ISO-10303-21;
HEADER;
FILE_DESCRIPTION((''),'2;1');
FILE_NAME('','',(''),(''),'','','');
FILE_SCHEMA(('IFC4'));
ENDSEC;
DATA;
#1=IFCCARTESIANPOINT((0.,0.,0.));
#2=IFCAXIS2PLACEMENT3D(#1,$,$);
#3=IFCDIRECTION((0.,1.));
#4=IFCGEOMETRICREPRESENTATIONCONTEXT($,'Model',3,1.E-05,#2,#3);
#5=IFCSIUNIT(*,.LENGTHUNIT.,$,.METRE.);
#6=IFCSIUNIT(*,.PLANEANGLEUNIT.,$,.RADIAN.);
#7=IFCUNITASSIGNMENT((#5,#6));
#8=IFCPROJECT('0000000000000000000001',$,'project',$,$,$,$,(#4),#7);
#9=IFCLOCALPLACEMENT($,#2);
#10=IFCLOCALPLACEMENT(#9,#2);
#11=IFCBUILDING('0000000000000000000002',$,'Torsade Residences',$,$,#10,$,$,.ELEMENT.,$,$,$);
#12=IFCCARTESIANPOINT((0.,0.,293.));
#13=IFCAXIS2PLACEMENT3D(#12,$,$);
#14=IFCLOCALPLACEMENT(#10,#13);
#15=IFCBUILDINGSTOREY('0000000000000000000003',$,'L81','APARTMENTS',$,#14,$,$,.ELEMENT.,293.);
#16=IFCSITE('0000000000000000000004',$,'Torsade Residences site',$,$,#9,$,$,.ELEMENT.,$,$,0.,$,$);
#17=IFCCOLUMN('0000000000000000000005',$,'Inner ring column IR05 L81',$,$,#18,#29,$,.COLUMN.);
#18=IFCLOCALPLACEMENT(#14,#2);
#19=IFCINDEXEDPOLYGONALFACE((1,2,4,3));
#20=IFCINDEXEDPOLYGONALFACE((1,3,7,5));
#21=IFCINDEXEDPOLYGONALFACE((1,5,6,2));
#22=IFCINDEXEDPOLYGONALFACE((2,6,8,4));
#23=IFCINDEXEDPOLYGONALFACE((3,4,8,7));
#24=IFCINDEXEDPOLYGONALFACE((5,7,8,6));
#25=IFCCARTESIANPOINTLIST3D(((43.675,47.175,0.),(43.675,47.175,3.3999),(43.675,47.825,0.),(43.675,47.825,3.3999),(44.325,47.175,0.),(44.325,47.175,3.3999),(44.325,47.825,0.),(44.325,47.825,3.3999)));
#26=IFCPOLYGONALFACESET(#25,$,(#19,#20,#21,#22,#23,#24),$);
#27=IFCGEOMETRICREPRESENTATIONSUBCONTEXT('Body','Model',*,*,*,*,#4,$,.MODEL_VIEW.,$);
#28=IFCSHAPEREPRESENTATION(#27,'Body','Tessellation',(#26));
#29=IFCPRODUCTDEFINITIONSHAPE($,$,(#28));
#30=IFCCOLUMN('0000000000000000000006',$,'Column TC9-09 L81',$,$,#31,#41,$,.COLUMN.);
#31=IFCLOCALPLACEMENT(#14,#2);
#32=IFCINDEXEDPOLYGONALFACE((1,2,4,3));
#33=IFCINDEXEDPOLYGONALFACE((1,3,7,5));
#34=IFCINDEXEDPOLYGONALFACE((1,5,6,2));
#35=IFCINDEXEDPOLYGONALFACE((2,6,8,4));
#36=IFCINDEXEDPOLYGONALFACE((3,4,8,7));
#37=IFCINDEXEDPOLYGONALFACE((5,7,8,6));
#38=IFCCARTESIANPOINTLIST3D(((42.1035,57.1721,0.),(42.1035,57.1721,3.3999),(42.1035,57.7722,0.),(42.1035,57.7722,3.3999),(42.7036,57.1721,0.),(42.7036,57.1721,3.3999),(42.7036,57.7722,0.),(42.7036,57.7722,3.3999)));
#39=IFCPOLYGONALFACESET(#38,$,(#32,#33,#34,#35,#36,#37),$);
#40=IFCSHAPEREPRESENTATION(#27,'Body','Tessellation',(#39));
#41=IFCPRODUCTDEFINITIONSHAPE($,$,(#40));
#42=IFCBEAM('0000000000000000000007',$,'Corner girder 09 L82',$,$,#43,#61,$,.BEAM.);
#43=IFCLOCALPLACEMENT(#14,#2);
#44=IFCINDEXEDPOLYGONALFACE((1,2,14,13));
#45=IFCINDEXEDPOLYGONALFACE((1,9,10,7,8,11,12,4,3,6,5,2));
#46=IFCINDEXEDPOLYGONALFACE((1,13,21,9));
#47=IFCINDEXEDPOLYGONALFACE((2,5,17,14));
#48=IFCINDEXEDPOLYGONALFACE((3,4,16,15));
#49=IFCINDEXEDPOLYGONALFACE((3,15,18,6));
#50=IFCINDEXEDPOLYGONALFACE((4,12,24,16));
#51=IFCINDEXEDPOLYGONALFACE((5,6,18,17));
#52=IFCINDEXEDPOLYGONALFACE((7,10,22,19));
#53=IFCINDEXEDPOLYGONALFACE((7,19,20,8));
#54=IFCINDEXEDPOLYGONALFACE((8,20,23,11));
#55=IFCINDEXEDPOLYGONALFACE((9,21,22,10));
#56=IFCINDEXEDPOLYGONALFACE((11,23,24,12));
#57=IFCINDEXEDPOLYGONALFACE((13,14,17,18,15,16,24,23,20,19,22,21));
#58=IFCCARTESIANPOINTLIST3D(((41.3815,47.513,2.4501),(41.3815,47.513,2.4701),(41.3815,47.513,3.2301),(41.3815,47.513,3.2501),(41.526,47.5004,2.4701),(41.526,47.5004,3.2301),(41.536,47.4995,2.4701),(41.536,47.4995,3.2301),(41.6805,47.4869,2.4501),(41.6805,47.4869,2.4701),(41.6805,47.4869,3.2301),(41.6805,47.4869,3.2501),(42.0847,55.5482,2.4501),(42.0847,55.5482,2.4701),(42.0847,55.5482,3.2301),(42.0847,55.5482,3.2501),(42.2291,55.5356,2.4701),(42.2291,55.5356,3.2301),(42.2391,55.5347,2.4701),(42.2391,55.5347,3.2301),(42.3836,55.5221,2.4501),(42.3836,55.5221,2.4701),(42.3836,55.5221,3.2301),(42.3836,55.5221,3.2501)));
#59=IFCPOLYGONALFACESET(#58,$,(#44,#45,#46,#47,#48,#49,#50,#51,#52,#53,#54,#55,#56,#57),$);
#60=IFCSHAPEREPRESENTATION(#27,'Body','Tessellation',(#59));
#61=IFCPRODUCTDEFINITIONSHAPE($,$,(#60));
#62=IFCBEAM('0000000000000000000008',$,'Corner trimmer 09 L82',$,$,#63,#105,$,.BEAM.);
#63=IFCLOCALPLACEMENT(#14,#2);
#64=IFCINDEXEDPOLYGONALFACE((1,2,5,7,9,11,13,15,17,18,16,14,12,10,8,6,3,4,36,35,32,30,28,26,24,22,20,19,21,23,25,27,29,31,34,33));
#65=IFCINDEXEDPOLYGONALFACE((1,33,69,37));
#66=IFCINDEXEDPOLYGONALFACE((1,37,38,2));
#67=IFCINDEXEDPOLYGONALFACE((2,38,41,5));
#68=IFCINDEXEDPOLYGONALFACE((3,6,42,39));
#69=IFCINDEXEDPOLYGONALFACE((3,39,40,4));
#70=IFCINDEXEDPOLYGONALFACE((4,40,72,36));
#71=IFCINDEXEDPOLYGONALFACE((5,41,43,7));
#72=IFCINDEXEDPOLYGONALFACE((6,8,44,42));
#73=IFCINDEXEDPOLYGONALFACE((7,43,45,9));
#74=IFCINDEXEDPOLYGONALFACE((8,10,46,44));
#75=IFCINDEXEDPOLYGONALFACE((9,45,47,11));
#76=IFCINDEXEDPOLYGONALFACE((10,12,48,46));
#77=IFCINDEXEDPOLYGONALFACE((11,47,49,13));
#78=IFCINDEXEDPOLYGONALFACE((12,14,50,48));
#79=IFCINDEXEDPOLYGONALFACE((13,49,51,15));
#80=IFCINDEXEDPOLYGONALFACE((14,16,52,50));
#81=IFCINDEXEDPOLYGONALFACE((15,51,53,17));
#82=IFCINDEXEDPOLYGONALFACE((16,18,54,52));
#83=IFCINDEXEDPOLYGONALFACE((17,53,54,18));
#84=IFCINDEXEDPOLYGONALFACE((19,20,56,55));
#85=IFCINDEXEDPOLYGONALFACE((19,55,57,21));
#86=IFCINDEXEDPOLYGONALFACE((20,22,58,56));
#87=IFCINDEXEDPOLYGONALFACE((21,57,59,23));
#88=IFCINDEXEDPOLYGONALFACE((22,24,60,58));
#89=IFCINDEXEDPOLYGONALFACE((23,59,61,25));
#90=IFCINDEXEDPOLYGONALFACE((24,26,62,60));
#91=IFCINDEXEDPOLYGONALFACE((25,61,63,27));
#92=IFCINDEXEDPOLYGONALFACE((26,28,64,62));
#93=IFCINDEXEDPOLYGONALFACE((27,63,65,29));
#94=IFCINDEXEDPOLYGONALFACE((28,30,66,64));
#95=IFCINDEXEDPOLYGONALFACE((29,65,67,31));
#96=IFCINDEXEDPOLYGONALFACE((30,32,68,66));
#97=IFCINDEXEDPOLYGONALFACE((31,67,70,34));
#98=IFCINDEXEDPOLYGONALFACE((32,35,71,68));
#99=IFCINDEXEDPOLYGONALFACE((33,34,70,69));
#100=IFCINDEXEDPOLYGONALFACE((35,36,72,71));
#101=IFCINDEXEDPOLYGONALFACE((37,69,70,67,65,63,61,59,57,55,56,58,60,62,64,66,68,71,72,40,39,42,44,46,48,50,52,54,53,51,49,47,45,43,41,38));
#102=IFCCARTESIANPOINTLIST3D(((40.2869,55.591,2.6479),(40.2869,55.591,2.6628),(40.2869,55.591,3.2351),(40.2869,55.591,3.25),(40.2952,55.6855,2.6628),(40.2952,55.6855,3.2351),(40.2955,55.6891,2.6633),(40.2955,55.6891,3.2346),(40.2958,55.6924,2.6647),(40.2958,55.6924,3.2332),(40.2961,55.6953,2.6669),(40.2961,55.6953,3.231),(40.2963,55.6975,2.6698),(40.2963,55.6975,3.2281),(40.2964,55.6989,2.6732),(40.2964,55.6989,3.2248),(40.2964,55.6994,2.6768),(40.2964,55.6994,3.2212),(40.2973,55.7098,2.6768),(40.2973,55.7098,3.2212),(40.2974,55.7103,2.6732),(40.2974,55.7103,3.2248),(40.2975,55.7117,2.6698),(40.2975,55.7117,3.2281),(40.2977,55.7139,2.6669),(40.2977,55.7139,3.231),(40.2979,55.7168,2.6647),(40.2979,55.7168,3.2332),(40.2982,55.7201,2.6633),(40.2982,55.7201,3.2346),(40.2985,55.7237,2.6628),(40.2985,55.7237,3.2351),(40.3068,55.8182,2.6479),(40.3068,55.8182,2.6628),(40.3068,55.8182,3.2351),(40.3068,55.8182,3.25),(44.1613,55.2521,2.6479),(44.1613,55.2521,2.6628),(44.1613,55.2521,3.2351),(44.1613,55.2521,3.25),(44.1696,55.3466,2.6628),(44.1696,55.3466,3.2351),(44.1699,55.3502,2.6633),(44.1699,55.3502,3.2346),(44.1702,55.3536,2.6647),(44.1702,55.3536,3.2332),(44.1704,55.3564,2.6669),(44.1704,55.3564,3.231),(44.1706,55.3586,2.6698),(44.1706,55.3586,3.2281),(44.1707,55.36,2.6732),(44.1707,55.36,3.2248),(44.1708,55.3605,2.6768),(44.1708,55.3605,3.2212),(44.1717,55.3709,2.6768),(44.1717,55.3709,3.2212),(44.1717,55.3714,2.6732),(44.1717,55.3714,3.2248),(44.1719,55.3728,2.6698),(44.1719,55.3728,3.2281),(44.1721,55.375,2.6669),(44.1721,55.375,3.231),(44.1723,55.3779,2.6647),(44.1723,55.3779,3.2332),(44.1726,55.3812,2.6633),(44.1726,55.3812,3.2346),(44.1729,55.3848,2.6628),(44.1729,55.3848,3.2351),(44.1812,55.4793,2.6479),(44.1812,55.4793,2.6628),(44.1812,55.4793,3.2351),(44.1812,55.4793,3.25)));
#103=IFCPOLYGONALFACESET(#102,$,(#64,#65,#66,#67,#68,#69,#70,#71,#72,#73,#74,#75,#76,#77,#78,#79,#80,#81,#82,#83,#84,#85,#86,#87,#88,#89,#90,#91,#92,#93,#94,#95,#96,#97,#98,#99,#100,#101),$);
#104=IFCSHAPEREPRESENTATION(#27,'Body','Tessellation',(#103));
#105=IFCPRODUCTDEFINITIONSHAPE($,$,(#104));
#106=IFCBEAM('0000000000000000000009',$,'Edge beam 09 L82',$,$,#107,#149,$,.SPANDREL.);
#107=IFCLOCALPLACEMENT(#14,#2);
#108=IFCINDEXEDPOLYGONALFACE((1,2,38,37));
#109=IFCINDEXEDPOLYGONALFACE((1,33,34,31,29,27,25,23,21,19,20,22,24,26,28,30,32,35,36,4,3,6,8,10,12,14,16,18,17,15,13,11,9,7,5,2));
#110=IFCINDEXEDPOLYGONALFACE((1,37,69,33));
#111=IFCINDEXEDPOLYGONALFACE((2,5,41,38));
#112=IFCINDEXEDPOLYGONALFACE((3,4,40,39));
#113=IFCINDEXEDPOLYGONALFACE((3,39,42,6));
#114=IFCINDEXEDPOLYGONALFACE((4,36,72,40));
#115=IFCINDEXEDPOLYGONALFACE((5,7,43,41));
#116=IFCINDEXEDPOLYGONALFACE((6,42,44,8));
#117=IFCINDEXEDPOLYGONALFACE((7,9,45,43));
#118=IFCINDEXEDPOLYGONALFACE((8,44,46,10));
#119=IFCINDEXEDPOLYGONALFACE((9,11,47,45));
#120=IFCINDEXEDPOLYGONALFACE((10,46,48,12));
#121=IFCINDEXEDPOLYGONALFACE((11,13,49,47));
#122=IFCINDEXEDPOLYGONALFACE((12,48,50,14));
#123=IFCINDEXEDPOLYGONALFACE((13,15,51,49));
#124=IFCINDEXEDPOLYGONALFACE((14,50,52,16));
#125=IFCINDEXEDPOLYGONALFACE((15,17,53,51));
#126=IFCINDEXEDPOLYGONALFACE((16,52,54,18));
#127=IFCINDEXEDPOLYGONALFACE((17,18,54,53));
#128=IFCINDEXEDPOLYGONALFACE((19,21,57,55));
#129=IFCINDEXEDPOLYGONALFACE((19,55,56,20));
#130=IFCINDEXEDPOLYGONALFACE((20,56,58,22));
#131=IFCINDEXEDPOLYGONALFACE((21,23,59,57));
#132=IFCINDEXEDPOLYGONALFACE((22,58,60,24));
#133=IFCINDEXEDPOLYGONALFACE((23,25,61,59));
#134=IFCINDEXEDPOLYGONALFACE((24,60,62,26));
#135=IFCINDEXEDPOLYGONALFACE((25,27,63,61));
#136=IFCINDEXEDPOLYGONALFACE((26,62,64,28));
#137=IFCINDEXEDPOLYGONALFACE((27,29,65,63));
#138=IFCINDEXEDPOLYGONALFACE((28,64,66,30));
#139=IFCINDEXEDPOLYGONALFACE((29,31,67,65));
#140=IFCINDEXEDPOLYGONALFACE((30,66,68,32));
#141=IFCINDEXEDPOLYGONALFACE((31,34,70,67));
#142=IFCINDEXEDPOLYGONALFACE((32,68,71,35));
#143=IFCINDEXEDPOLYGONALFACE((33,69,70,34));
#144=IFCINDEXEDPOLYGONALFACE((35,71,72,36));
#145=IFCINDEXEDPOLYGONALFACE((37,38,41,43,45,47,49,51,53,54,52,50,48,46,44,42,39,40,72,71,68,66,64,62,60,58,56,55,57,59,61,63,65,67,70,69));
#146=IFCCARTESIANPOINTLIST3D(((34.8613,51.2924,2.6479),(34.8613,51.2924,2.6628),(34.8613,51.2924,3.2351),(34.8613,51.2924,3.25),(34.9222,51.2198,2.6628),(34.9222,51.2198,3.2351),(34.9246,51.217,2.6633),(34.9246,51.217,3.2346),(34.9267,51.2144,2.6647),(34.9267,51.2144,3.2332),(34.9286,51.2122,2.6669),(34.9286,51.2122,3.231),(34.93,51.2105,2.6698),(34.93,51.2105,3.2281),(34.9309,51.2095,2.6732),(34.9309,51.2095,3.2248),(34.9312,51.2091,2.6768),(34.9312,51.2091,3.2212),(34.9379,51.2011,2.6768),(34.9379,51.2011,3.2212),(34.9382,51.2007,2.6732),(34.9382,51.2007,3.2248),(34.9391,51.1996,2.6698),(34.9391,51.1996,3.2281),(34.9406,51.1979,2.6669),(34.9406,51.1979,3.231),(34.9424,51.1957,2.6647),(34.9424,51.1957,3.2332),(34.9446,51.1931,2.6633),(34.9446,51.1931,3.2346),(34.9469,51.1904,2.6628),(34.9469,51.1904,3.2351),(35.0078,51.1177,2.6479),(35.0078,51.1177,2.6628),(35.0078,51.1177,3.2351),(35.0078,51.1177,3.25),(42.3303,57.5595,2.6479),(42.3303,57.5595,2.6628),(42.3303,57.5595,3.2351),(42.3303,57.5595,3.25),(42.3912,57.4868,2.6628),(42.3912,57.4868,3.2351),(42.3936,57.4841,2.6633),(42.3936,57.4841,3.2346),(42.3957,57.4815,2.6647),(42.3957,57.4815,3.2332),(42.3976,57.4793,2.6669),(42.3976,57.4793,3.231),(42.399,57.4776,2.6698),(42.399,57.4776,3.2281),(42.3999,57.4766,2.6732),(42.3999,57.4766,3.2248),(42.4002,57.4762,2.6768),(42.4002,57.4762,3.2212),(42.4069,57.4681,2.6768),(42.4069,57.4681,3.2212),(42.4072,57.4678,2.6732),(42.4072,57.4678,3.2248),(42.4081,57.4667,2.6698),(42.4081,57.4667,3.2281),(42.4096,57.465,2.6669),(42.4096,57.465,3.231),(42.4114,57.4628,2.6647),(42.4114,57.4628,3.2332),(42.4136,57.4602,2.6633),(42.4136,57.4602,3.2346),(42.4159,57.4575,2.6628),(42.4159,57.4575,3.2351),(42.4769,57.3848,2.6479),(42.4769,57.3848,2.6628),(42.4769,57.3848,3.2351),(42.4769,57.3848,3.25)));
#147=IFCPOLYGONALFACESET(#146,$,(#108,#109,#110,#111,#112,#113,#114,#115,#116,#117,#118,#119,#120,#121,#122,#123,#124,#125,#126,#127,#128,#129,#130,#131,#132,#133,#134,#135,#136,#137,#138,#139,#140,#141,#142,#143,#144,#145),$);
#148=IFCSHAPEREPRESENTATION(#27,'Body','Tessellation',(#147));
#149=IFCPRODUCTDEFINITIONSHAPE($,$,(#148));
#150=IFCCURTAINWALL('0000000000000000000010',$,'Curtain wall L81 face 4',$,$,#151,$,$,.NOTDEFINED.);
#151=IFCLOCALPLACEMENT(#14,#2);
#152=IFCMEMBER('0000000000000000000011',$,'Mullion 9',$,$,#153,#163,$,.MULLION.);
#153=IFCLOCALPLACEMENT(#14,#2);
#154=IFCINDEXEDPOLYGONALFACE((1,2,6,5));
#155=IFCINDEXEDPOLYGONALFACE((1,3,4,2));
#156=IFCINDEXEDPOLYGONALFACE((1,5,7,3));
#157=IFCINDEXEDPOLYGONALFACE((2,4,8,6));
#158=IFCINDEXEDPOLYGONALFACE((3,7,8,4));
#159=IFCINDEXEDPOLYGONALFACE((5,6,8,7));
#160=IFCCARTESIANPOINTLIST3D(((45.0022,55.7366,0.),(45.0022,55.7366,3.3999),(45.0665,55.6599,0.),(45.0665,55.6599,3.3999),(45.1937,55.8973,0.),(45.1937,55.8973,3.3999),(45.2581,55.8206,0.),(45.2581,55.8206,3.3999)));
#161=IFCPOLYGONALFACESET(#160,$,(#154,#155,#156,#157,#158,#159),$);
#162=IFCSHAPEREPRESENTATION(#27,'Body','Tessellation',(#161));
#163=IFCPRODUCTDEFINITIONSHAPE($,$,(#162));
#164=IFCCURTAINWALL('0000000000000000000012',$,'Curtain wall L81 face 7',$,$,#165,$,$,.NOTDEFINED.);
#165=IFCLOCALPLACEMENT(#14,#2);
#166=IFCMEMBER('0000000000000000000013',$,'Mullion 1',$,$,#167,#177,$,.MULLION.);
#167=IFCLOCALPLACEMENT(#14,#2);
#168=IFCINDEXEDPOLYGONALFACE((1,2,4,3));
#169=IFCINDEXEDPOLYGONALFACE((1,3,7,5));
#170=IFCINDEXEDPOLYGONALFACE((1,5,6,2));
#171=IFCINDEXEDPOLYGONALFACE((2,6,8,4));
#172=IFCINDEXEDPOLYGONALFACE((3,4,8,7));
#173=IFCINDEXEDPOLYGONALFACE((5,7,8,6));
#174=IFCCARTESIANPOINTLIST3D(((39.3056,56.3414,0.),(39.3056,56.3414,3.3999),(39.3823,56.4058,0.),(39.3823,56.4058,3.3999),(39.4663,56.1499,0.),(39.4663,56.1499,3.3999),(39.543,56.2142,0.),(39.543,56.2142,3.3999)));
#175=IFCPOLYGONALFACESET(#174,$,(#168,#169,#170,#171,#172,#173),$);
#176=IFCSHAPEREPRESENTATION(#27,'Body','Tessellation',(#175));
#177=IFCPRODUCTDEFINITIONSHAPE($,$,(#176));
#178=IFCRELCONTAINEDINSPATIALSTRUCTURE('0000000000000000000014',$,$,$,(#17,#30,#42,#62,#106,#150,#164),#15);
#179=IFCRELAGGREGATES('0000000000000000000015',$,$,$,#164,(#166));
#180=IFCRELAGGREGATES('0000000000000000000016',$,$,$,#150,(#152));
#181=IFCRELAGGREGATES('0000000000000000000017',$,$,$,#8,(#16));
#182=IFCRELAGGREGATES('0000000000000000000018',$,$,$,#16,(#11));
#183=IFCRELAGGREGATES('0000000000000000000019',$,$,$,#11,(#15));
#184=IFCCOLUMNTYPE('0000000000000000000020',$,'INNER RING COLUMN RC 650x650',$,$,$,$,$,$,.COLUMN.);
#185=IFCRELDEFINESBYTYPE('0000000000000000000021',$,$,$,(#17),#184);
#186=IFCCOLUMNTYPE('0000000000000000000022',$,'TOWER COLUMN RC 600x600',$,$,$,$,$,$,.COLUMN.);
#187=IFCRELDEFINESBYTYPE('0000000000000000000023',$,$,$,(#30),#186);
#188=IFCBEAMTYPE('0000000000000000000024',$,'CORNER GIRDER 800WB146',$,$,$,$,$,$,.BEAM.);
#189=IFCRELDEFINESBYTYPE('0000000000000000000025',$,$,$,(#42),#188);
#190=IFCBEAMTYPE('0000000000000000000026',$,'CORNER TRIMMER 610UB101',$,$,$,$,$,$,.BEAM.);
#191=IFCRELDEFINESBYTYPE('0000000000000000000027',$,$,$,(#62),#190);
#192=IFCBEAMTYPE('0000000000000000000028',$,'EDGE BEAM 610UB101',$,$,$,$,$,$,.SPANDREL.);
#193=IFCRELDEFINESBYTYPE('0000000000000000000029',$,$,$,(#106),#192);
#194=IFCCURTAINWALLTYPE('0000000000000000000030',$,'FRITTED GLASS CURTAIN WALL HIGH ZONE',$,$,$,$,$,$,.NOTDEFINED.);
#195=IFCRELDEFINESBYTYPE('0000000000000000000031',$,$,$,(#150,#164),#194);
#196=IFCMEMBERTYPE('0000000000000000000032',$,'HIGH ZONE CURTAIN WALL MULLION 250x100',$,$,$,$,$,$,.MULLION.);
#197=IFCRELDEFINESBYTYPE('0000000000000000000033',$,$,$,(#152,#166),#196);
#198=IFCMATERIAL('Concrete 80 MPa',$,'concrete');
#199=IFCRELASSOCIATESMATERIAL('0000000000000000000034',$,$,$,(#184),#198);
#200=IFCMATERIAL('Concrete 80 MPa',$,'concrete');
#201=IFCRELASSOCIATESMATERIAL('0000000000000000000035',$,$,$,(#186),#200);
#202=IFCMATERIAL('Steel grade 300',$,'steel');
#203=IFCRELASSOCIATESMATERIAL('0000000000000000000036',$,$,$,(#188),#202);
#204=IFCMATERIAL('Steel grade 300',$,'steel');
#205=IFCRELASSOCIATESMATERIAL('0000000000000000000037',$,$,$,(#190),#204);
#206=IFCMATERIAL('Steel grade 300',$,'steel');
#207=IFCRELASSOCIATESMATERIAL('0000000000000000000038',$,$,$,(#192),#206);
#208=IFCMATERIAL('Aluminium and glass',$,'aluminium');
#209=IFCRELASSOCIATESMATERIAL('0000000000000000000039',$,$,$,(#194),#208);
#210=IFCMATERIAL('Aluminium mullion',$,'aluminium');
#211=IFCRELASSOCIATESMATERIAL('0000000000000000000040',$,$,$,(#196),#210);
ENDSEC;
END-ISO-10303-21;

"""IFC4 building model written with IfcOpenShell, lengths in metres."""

from ifc_helpers import new_model, si_unit, direction, frame, origin, origin_2d, place, context, subcontext, project, spatial, rectangle, i_section, extrude, material, material_profile, profile_set, type_object, element, aggregate, save


model = new_model("IFC4")

# Units and contexts
model_context = context("Model", 3, precision=1e-05, world=origin(), true_north=direction((0.0, 1.0)))
body_context = subcontext(model_context, "Body", "Model", "MODEL_VIEW")
ifc_project = project(units=[si_unit("LENGTHUNIT", "METRE"), si_unit("PLANEANGLEUNIT", "RADIAN")], contexts=[model_context])

# Site, building, storey
site_placement = place(None, origin())
site = spatial("IfcSite", under=ifc_project, at=site_placement, Name="Torsade Residences site", CompositionType="ELEMENT", RefElevation=0.0)
building_placement = place(site_placement, origin())
building = spatial("IfcBuilding", under=site, at=building_placement, Name="Torsade Residences", CompositionType="ELEMENT")
storey_placement = place(building_placement, frame((0.0, 0.0, 293.0)))
storey = spatial("IfcBuildingStorey", under=building, at=storey_placement, Name="L81", Description="APARTMENTS", CompositionType="ELEMENT", Elevation=293.0)

# Columns
ifc_material_1 = material(Name="Concrete 80 MPa", Category="concrete")
ifc_material_profile_1 = material_profile(ifc_material_1, rectangle(XDim=0.6499, YDim=0.6499, at=origin_2d()), Name="RC 650x650")
ifc_profile_set_1 = profile_set([ifc_material_profile_1], Name="Concrete 80 MPa")
column_type_1 = type_object("IfcColumnType", Name="INNER RING COLUMN RC 650x650", PredefinedType="COLUMN", material=ifc_profile_set_1)
column_1_placement = place(storey_placement, frame((44.0, 47.5, 0.0), z_axis=(0.0, 0.0, 1.0), x_axis=(1.0, 0.0, 0.0)))
element("IfcColumn", 1, at=column_1_placement, inside=storey, type_object=column_type_1, Name="Inner ring column IR05 L81", PredefinedType="COLUMN", context=body_context, shape_type="SweptSolid", body=[
    extrude(rectangle(XDim=0.6499, YDim=0.6499, at=origin_2d()), origin(), (0.0, 0.0, 1.0), 3.3999),
])
ifc_material_2 = material(Name="Concrete 80 MPa", Category="concrete")
ifc_material_profile_2 = material_profile(ifc_material_2, rectangle(XDim=0.6001, YDim=0.6001, at=origin_2d()), Name="RC 600x600")
ifc_profile_set_2 = profile_set([ifc_material_profile_2], Name="Concrete 80 MPa")
column_type_2 = type_object("IfcColumnType", Name="TOWER COLUMN RC 600x600", PredefinedType="COLUMN", material=ifc_profile_set_2)
column_2_placement = place(storey_placement, frame((42.4036, 57.4722, 0.0), z_axis=(0.0, 0.0, 1.0), x_axis=(1.0, 0.0, 0.0)))
element("IfcColumn", 2, at=column_2_placement, inside=storey, type_object=column_type_2, Name="Column TC9-09 L81", PredefinedType="COLUMN", context=body_context, shape_type="SweptSolid", body=[
    extrude(rectangle(XDim=0.6001, YDim=0.6001, at=origin_2d()), origin(), (0.0, 0.0, 1.0), 3.3999),
])

# Beams
ifc_material_3 = material(Name="Steel grade 300", Category="steel")
ifc_material_profile_3 = material_profile(ifc_material_3, i_section(OverallWidth=0.3, OverallDepth=0.8, WebThickness=0.01, FlangeThickness=0.02, at=origin_2d()), Name="800WB146")
ifc_profile_set_3 = profile_set([ifc_material_profile_3], Name="Steel grade 300")
beam_type_1 = type_object("IfcBeamType", Name="CORNER GIRDER 800WB146", PredefinedType="BEAM", material=ifc_profile_set_3)
beam_1_placement = place(storey_placement, frame((42.2341, 55.5352, 2.8501), z_axis=(-0.087173, -0.996193, 0.0), x_axis=(0.996193, -0.087173, 0.0)))
element("IfcBeam", 3, at=beam_1_placement, inside=storey, type_object=beam_type_1, Name="Corner girder 09 L82", PredefinedType="BEAM", context=body_context, shape_type="SweptSolid", body=[
    extrude(i_section(OverallWidth=0.3, OverallDepth=0.8, WebThickness=0.01, FlangeThickness=0.02, at=origin_2d()), origin(), (0.0, 0.0, 1.0), 8.0659),
])
ifc_material_4 = material(Name="Steel grade 300", Category="steel")
ifc_material_profile_4 = material_profile(ifc_material_4, i_section(OverallWidth=0.228, OverallDepth=0.6021, WebThickness=0.0105, FlangeThickness=0.0149, FilletRadius=0.0139, at=origin_2d()), Name="610UB101")
ifc_profile_set_4 = profile_set([ifc_material_profile_4], Name="Steel grade 300")
beam_type_2 = type_object("IfcBeamType", Name="CORNER TRIMMER 610UB101", PredefinedType="BEAM", material=ifc_profile_set_4)
beam_2_placement = place(storey_placement, frame((40.2969, 55.7046, 2.949), z_axis=(0.996197, -0.087133, 0.0), x_axis=(0.087133, 0.996197, 0.0)))
element("IfcBeam", 4, at=beam_2_placement, inside=storey, type_object=beam_type_2, Name="Corner trimmer 09 L82", PredefinedType="BEAM", context=body_context, shape_type="SweptSolid", body=[
    extrude(i_section(OverallWidth=0.228, OverallDepth=0.6021, WebThickness=0.0105, FlangeThickness=0.0149, FilletRadius=0.0139, at=origin_2d()), origin(), (0.0, 0.0, 1.0), 3.8892),
])
ifc_material_5 = material(Name="Steel grade 300", Category="steel")
ifc_material_profile_5 = material_profile(ifc_material_5, i_section(OverallWidth=0.228, OverallDepth=0.6021, WebThickness=0.0105, FlangeThickness=0.0149, FilletRadius=0.0139, at=origin_2d()), Name="610UB101")
ifc_profile_set_5 = profile_set([ifc_material_profile_5], Name="Steel grade 300")
beam_type_3 = type_object("IfcBeamType", Name="EDGE BEAM 610UB101", PredefinedType="SPANDREL", material=ifc_profile_set_5)
beam_3_placement = place(storey_placement, frame((42.4036, 57.4722, 2.949), z_axis=(-0.766052, -0.642779, 0.0), x_axis=(0.642779, -0.766052, 0.0)))
element("IfcBeam", 5, at=beam_3_placement, inside=storey, type_object=beam_type_3, Name="Edge beam 09 L82", PredefinedType="SPANDREL", context=body_context, shape_type="SweptSolid", body=[
    extrude(i_section(OverallWidth=0.228, OverallDepth=0.6021, WebThickness=0.0105, FlangeThickness=0.0149, FilletRadius=0.0139, at=origin_2d()), origin(), (0.0, 0.0, 1.0), 9.75),
])

# Curtain wall, member
ifc_material_6 = material(Name="Aluminium and glass", Category="aluminium")
curtain_wall_type = type_object("IfcCurtainWallType", Name="FRITTED GLASS CURTAIN WALL HIGH ZONE", PredefinedType="NOTDEFINED", material=ifc_material_6)
curtain_wall_1_placement = place(storey_placement, origin())
curtain_wall_1 = element("IfcCurtainWall", 6, at=curtain_wall_1_placement, inside=storey, type_object=curtain_wall_type, Name="Curtain wall L81 face 4", PredefinedType="NOTDEFINED")
ifc_material_7 = material(Name="Aluminium mullion", Category="aluminium")
ifc_material_profile_6 = material_profile(ifc_material_7, rectangle(XDim=0.25, YDim=0.1001, at=origin_2d()), Name="HIGH ZONE CURTAIN WALL MULLION 250x100")
ifc_profile_set_6 = profile_set([ifc_material_profile_6], Name="Aluminium mullion")
member_type_1 = type_object("IfcMemberType", Name="HIGH ZONE CURTAIN WALL MULLION 250x100", PredefinedType="MULLION", material=ifc_profile_set_6)
member_1_placement = place(storey_placement, frame((45.1301, 55.7786, 0.0), z_axis=(0.0, 0.0, 1.0), x_axis=(-0.766044, -0.642788, 0.0)))
member_1 = element("IfcMember", 7, at=member_1_placement, type_object=member_type_1, Name="Mullion 9", PredefinedType="MULLION", context=body_context, shape_type="SweptSolid", body=[
    extrude(rectangle(XDim=0.25, YDim=0.1001, at=origin_2d()), origin(), (0.0, 0.0, 1.0), 3.3999),
])

# Curtain wall, member
curtain_wall_2_placement = place(storey_placement, origin())
curtain_wall_2 = element("IfcCurtainWall", 8, at=curtain_wall_2_placement, inside=storey, type_object=curtain_wall_type, Name="Curtain wall L81 face 7", PredefinedType="NOTDEFINED")
member_2_placement = place(storey_placement, frame((39.4243, 56.2778, 0.0), z_axis=(0.0, 0.0, 1.0), x_axis=(0.642788, -0.766044, 0.0)))
member_2 = element("IfcMember", 9, at=member_2_placement, type_object=member_type_1, Name="Mullion 1", PredefinedType="MULLION", context=body_context, shape_type="SweptSolid", body=[
    extrude(rectangle(XDim=0.25, YDim=0.1001, at=origin_2d()), origin(), (0.0, 0.0, 1.0), 3.3999),
])
aggregate(curtain_wall_2, [member_2])

aggregate(curtain_wall_1, [member_1])

save(model, "model.ifc")
